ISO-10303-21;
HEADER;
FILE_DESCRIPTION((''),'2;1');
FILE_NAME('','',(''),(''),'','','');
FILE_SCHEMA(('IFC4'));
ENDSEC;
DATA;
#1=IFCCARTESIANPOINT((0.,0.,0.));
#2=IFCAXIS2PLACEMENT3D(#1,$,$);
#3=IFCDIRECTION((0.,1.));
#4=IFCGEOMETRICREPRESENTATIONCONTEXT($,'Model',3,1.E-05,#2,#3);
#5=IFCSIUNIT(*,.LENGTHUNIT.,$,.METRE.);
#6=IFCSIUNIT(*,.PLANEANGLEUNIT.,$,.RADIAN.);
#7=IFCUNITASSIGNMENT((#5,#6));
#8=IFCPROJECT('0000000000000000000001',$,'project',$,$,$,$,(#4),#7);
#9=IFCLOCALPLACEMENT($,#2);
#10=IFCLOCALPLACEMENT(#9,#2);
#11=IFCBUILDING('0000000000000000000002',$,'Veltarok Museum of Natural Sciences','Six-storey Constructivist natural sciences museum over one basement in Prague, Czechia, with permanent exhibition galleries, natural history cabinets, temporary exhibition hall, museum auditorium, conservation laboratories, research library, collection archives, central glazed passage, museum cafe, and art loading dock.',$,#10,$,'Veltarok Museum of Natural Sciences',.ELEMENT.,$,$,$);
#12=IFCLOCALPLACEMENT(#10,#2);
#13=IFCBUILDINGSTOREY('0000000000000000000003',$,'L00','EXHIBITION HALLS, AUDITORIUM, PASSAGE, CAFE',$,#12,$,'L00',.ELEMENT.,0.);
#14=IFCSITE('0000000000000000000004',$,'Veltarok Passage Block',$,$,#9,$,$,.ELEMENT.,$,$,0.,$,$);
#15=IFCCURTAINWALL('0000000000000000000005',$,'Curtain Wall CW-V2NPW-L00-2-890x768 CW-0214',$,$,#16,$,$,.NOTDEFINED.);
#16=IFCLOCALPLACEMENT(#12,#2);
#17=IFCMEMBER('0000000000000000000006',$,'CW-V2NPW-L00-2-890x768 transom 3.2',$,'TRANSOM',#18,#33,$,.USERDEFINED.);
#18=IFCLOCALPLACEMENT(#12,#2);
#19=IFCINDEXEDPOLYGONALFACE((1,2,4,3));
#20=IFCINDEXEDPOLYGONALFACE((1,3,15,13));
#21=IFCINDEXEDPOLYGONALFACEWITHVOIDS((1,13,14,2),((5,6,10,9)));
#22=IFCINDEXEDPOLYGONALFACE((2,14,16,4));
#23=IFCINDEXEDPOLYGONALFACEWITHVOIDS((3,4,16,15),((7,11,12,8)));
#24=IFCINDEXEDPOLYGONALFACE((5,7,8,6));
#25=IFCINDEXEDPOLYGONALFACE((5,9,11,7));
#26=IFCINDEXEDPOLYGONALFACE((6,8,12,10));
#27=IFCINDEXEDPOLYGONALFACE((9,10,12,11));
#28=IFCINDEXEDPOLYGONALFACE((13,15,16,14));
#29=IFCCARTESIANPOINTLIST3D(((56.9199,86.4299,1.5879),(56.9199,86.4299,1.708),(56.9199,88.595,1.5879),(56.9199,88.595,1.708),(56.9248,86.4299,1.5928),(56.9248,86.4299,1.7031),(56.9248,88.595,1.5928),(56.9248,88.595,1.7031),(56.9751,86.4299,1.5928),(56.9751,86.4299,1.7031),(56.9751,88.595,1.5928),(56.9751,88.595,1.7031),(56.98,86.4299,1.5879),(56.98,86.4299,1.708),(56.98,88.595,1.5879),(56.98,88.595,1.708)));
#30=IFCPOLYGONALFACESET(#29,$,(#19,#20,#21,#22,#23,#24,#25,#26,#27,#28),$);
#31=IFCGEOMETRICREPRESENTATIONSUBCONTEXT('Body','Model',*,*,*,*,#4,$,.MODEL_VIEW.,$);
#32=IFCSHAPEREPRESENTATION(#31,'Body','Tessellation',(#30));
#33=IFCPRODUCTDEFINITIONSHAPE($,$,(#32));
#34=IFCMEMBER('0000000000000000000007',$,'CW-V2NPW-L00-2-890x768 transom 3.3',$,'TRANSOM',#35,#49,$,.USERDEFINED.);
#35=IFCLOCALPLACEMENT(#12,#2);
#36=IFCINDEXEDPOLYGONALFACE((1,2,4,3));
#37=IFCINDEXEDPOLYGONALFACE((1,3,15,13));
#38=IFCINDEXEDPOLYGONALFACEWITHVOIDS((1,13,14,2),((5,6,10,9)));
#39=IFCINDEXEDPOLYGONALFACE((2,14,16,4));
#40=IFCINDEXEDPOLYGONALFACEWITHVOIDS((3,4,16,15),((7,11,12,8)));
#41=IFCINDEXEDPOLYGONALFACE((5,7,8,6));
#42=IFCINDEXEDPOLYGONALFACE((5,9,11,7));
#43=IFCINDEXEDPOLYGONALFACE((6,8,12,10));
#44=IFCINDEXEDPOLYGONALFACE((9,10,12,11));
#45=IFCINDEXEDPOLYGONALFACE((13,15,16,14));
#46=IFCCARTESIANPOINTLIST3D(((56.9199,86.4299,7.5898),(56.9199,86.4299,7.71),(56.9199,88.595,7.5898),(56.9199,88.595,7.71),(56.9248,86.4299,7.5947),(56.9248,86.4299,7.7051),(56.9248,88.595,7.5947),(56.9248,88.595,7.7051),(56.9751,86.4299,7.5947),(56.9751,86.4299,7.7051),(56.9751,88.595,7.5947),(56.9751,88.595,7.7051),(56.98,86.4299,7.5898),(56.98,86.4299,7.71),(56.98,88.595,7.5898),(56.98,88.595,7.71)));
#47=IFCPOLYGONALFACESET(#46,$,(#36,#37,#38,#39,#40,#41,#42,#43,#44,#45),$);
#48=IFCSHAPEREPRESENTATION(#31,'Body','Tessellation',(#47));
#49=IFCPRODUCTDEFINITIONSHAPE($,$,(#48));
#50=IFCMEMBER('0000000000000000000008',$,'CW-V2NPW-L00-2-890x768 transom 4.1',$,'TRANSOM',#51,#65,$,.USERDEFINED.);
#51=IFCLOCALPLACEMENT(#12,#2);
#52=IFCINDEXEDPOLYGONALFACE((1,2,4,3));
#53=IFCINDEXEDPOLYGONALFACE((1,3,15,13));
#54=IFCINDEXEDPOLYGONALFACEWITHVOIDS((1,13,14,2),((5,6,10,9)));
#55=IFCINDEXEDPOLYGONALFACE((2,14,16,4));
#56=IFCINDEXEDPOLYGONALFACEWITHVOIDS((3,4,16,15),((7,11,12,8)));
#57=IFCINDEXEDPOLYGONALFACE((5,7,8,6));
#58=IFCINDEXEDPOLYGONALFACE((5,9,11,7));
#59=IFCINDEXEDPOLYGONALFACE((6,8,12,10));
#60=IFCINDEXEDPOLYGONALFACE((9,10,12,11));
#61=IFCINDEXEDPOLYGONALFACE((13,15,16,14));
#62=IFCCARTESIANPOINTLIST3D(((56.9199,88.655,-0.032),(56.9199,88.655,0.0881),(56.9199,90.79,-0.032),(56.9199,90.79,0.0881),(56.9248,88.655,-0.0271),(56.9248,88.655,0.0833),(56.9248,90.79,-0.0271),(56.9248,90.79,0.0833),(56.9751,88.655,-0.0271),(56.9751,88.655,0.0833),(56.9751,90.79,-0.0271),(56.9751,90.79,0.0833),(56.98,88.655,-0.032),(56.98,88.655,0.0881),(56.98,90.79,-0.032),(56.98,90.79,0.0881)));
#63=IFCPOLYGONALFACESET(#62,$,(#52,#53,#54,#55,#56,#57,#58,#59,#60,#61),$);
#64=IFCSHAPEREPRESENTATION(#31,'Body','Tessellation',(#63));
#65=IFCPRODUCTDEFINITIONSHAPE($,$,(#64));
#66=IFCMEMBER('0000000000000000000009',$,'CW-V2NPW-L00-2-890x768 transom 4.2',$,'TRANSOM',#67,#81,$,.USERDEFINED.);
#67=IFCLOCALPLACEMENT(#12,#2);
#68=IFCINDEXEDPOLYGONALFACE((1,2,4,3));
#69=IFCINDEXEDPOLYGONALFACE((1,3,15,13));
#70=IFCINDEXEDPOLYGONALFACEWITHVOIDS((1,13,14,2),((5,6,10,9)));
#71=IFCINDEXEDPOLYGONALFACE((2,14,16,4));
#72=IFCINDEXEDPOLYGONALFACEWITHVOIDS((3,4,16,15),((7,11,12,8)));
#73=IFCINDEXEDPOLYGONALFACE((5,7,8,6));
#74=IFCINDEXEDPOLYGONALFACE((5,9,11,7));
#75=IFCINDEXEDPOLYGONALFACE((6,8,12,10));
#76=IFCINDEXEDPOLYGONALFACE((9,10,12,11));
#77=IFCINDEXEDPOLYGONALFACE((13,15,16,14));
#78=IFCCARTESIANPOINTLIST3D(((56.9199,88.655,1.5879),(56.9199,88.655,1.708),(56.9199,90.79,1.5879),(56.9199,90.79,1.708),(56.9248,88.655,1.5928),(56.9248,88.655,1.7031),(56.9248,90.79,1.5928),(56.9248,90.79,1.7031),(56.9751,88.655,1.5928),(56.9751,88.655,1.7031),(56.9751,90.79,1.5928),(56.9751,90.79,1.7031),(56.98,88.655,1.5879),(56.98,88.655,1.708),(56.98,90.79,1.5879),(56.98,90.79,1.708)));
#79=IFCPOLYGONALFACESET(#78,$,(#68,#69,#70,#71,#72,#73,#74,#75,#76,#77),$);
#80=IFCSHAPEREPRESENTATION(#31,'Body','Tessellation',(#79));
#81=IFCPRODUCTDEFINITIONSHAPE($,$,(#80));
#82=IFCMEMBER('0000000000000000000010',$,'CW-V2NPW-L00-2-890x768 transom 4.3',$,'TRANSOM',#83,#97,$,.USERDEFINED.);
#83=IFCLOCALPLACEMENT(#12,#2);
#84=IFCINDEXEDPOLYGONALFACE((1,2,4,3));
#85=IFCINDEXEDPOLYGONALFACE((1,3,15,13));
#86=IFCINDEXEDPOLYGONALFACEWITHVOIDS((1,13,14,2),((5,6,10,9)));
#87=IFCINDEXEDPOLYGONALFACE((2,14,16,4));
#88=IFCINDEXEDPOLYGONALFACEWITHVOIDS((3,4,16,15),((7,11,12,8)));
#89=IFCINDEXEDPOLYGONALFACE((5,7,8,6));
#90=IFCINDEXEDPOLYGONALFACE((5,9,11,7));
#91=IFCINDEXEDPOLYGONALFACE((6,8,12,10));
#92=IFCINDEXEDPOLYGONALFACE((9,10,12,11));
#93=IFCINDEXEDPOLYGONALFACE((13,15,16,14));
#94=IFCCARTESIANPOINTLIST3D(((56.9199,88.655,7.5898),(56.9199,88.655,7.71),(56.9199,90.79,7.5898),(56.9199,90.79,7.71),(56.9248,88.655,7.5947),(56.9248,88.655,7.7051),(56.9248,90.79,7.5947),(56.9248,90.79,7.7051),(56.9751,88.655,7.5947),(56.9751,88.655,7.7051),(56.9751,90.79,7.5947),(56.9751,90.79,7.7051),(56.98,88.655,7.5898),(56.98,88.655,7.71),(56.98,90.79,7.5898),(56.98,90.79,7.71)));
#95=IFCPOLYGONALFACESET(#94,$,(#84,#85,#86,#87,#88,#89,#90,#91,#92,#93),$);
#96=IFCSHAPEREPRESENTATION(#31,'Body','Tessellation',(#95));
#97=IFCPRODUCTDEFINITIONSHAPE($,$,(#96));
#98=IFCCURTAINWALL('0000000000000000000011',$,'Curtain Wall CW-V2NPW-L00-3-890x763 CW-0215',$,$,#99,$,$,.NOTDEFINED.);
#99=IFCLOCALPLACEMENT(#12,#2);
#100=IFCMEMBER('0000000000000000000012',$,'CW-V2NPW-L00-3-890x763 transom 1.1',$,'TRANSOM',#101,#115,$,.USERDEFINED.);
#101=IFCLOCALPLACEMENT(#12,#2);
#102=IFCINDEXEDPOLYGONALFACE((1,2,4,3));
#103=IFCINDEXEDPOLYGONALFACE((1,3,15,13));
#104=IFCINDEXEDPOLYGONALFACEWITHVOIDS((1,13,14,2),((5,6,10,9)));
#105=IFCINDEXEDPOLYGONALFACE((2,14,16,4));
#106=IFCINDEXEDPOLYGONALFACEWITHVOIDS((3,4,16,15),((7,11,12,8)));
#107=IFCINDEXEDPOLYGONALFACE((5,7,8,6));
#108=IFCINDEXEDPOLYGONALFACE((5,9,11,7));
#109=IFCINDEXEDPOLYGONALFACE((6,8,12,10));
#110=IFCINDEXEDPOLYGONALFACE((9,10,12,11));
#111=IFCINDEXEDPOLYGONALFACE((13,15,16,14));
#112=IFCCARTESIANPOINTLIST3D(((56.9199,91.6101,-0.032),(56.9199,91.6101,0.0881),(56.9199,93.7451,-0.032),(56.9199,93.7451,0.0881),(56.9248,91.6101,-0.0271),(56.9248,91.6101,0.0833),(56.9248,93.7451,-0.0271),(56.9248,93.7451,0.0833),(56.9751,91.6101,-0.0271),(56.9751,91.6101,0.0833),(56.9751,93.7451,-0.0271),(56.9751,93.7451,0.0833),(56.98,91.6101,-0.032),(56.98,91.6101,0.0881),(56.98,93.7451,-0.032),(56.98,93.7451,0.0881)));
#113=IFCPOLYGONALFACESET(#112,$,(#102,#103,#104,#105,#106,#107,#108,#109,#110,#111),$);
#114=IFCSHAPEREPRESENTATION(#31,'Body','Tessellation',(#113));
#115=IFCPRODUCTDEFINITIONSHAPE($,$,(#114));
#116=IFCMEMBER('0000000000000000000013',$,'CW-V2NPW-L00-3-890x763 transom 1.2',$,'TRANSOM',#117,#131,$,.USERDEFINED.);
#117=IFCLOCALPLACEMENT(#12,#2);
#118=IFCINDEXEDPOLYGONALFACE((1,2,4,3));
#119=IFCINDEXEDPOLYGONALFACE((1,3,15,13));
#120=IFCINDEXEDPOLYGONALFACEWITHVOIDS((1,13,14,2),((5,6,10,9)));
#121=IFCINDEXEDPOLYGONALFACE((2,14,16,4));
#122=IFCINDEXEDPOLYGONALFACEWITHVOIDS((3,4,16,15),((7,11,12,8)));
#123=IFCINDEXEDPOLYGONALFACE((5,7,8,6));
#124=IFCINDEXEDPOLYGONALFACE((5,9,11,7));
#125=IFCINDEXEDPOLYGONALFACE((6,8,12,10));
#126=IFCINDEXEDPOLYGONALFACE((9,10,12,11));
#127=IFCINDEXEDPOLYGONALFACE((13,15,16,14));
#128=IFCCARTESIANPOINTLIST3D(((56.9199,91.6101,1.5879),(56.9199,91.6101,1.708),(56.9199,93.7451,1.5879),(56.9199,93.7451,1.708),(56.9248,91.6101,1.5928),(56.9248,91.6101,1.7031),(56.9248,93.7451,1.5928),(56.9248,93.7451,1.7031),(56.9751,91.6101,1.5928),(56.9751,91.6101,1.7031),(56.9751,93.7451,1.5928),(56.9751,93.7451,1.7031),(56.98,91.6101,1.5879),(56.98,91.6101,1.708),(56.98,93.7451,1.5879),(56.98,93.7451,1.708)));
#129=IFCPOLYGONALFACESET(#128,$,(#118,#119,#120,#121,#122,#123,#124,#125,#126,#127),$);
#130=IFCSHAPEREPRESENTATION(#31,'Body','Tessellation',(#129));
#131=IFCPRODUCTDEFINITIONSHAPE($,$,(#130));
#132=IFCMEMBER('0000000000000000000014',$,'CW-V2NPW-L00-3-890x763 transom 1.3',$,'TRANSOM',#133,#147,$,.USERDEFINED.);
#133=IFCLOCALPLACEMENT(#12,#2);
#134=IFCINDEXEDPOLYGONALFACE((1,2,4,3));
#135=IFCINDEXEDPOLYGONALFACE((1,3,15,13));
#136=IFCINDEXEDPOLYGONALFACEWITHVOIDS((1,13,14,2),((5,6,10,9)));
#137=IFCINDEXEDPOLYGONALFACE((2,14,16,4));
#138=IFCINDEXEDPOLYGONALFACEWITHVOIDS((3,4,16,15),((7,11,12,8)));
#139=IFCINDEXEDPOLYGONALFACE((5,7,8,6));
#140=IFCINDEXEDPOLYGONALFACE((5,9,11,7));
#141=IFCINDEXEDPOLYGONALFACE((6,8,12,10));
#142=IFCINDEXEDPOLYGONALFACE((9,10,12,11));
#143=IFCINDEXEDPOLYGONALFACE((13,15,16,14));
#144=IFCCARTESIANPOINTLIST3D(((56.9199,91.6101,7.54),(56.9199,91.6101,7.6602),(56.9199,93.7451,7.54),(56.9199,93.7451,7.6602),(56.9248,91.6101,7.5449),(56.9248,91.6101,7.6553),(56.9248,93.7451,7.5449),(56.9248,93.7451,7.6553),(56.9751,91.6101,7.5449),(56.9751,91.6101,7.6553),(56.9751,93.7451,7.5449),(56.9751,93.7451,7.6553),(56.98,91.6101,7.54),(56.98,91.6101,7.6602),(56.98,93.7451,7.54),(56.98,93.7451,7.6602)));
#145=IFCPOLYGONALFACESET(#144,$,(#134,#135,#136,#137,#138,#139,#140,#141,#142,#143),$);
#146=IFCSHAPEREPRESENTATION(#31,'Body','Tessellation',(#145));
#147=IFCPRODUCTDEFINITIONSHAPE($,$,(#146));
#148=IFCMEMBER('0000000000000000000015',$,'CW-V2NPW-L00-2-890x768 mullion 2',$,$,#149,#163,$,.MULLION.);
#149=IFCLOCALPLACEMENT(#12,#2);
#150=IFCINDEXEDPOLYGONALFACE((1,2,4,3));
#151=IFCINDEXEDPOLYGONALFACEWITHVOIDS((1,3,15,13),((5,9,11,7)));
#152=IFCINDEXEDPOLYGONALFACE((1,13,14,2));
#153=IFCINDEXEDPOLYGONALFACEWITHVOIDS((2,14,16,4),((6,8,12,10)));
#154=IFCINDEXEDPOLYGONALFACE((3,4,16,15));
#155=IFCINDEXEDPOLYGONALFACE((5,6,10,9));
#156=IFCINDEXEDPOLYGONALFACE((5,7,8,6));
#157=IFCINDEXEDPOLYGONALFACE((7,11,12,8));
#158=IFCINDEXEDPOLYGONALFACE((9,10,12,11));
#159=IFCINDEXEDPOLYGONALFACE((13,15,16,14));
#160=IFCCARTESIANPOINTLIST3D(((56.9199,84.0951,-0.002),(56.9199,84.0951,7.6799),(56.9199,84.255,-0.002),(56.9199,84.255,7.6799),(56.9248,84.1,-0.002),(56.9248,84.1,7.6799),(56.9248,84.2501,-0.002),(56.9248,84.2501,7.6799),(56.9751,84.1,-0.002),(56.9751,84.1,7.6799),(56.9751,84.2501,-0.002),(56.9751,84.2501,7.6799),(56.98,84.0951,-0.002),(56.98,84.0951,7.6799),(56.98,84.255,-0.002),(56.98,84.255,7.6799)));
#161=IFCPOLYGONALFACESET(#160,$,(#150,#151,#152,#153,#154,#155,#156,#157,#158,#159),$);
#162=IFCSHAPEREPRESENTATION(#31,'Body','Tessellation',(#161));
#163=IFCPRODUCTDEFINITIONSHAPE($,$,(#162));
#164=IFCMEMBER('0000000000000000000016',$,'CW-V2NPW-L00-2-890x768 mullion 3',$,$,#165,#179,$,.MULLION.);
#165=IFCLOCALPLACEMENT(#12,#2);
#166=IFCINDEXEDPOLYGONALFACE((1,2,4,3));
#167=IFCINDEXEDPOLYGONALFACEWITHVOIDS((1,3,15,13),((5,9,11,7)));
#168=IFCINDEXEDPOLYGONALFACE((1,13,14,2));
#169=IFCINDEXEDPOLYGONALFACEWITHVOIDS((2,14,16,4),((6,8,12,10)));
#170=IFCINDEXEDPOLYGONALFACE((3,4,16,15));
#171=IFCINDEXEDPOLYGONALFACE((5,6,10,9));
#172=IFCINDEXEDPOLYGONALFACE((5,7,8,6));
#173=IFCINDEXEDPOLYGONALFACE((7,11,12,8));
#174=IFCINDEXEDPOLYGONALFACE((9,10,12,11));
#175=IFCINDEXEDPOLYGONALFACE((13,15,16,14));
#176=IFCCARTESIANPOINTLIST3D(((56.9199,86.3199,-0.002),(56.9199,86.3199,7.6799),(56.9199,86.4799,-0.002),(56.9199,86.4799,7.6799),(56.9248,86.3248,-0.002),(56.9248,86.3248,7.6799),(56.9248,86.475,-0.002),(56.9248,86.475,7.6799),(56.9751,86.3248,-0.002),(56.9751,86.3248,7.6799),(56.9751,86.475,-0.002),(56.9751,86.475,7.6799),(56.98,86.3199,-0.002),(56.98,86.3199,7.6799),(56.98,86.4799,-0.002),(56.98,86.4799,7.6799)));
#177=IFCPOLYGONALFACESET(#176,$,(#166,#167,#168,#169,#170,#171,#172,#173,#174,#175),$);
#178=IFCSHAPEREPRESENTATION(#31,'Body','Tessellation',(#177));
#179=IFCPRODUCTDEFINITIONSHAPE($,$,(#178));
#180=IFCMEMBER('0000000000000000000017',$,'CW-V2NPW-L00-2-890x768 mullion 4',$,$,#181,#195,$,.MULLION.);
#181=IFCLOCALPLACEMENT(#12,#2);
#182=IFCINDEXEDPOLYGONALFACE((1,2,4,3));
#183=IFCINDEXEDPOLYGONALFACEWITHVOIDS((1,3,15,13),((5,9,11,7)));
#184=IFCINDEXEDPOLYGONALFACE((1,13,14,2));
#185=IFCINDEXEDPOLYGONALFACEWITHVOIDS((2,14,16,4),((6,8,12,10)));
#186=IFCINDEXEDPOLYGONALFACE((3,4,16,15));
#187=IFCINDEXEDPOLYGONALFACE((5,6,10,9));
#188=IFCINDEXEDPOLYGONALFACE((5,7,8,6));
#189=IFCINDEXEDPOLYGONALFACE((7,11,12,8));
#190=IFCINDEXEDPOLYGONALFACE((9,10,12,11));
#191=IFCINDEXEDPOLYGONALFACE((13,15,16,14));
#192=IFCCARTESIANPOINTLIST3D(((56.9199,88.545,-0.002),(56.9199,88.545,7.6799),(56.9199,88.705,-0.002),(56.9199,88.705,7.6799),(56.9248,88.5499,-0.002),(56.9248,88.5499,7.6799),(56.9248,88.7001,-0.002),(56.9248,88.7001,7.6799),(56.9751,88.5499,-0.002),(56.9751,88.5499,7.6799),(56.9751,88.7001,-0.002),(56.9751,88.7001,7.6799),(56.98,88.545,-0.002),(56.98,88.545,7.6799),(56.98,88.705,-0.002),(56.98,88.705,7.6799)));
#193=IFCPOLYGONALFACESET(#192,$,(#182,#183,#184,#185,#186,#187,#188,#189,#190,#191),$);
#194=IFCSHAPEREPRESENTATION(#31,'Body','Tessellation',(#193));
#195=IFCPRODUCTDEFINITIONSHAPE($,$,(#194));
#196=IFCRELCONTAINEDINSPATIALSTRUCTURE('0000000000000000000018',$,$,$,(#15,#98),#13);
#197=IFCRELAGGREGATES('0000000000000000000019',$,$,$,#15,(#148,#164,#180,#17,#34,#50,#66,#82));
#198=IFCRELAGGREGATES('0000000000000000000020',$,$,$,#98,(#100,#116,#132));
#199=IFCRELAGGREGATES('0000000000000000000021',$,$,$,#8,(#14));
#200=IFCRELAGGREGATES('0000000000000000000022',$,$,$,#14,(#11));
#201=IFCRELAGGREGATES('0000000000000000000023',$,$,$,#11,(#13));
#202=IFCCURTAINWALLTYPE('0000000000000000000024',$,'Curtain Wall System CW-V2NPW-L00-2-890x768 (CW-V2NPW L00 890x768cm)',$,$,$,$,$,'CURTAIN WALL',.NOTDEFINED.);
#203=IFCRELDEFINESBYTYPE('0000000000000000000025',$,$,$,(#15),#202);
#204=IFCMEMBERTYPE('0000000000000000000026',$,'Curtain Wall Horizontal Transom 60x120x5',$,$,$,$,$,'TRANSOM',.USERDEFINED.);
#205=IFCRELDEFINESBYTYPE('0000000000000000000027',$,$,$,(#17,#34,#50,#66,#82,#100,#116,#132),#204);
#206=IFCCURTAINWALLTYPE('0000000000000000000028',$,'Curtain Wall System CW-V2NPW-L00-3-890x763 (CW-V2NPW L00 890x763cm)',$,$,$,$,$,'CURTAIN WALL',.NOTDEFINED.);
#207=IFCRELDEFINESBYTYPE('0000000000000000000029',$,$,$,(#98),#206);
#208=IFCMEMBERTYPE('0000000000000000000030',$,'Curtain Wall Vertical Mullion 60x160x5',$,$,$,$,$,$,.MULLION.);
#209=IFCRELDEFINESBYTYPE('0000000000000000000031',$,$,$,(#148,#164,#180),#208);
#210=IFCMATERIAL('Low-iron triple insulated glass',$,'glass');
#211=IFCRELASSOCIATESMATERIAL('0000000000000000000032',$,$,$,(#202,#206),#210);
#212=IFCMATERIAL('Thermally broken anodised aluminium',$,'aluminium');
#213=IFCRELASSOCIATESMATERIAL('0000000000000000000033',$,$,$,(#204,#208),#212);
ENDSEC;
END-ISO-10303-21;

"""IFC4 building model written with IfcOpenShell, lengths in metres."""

from ifc_helpers import new_model, si_unit, direction, frame, origin, origin_2d, place, context, subcontext, project, spatial, hollow_rectangle, extrude, material, material_profile, profile_set, type_object, element, aggregate, save


model = new_model("IFC4")

# Units and contexts
model_context = context("Model", 3, precision=1e-05, world=origin(), true_north=direction((0.0, 1.0)))
body_context = subcontext(model_context, "Body", "Model", "MODEL_VIEW")
ifc_project = project(units=[si_unit("LENGTHUNIT", "METRE"), si_unit("PLANEANGLEUNIT", "RADIAN")], contexts=[model_context])

# Site, building, storey
site_placement = place(None, origin())
site = spatial("IfcSite", under=ifc_project, at=site_placement, Name="Veltarok Passage Block", CompositionType="ELEMENT", RefElevation=0.0)
building_placement = place(site_placement, origin())
building = spatial("IfcBuilding", under=site, at=building_placement, Name="Veltarok Museum of Natural Sciences", Description="Six-storey Constructivist natural sciences museum over one basement in Prague, Czechia, with permanent exhibition galleries, natural history cabinets, temporary exhibition hall, museum auditorium, conservation laboratories, research library, collection archives, central glazed passage, museum cafe, and art loading dock.", LongName="Veltarok Museum of Natural Sciences", CompositionType="ELEMENT")
storey_placement = place(building_placement, origin())
storey = spatial("IfcBuildingStorey", under=building, at=storey_placement, Name="L00", Description="EXHIBITION HALLS, AUDITORIUM, PASSAGE, CAFE", LongName="L00", CompositionType="ELEMENT", Elevation=0.0)

# Curtain walls, members
ifc_material_1 = material(Name="Low-iron triple insulated glass", Category="glass")
curtain_wall_type_1 = type_object("IfcCurtainWallType", Name="Curtain Wall System CW-V2NPW-L00-2-890x768 (CW-V2NPW L00 890x768cm)", ElementType="CURTAIN WALL", PredefinedType="NOTDEFINED", material=ifc_material_1)
curtain_wall_1_placement = place(storey_placement, origin())
curtain_wall_1 = element("IfcCurtainWall", 1, at=curtain_wall_1_placement, inside=storey, type_object=curtain_wall_type_1, Name="Curtain Wall CW-V2NPW-L00-2-890x768 CW-0214", PredefinedType="NOTDEFINED")
ifc_material_2 = material(Name="Thermally broken anodised aluminium", Category="aluminium")
ifc_material_profile_1 = material_profile(ifc_material_2, hollow_rectangle(XDim=0.0601, YDim=0.1201, WallThickness=0.0049, at=origin_2d()), Name="CW TRANSOM 60x120x5")
ifc_profile_set_1 = profile_set([ifc_material_profile_1], Name="Thermally broken anodised aluminium")
member_type_1 = type_object("IfcMemberType", Name="Curtain Wall Horizontal Transom 60x120x5", ElementType="TRANSOM", PredefinedType="USERDEFINED", material=ifc_profile_set_1)
member_1_placement = place(storey_placement, frame((56.95, 86.4299, 1.6479), z_axis=(0.0, 1.0, 0.0), x_axis=(-1.0, 0.0, 0.0)))
member_1 = element("IfcMember", 2, at=member_1_placement, type_object=member_type_1, Name="CW-V2NPW-L00-2-890x768 transom 3.2", ObjectType="TRANSOM", PredefinedType="USERDEFINED", context=body_context, shape_type="SweptSolid", body=[
    extrude(hollow_rectangle(XDim=0.0601, YDim=0.1201, WallThickness=0.0049, at=origin_2d()), origin(), (0.0, 0.0, 1.0), 2.165),
])
member_2_placement = place(storey_placement, frame((56.95, 86.4299, 7.6499), z_axis=(0.0, 1.0, 0.0), x_axis=(-1.0, 0.0, 0.0)))
member_2 = element("IfcMember", 3, at=member_2_placement, type_object=member_type_1, Name="CW-V2NPW-L00-2-890x768 transom 3.3", ObjectType="TRANSOM", PredefinedType="USERDEFINED", context=body_context, shape_type="SweptSolid", body=[
    extrude(hollow_rectangle(XDim=0.0601, YDim=0.1201, WallThickness=0.0049, at=origin_2d()), origin(), (0.0, 0.0, 1.0), 2.165),
])
member_3_placement = place(storey_placement, frame((56.95, 88.655, 0.0281), z_axis=(0.0, 1.0, 0.0), x_axis=(-1.0, 0.0, 0.0)))
member_3 = element("IfcMember", 4, at=member_3_placement, type_object=member_type_1, Name="CW-V2NPW-L00-2-890x768 transom 4.1", ObjectType="TRANSOM", PredefinedType="USERDEFINED", context=body_context, shape_type="SweptSolid", body=[
    extrude(hollow_rectangle(XDim=0.0601, YDim=0.1201, WallThickness=0.0049, at=origin_2d()), origin(), (0.0, 0.0, 1.0), 2.135),
])
member_4_placement = place(storey_placement, frame((56.95, 88.655, 1.6479), z_axis=(0.0, 1.0, 0.0), x_axis=(-1.0, 0.0, 0.0)))
member_4 = element("IfcMember", 5, at=member_4_placement, type_object=member_type_1, Name="CW-V2NPW-L00-2-890x768 transom 4.2", ObjectType="TRANSOM", PredefinedType="USERDEFINED", context=body_context, shape_type="SweptSolid", body=[
    extrude(hollow_rectangle(XDim=0.0601, YDim=0.1201, WallThickness=0.0049, at=origin_2d()), origin(), (0.0, 0.0, 1.0), 2.135),
])
member_5_placement = place(storey_placement, frame((56.95, 88.655, 7.6499), z_axis=(0.0, 1.0, 0.0), x_axis=(-1.0, 0.0, 0.0)))
member_5 = element("IfcMember", 6, at=member_5_placement, type_object=member_type_1, Name="CW-V2NPW-L00-2-890x768 transom 4.3", ObjectType="TRANSOM", PredefinedType="USERDEFINED", context=body_context, shape_type="SweptSolid", body=[
    extrude(hollow_rectangle(XDim=0.0601, YDim=0.1201, WallThickness=0.0049, at=origin_2d()), origin(), (0.0, 0.0, 1.0), 2.135),
])
curtain_wall_type_2 = type_object("IfcCurtainWallType", Name="Curtain Wall System CW-V2NPW-L00-3-890x763 (CW-V2NPW L00 890x763cm)", ElementType="CURTAIN WALL", PredefinedType="NOTDEFINED", material=ifc_material_1)
curtain_wall_2_placement = place(storey_placement, origin())
curtain_wall_2 = element("IfcCurtainWall", 7, at=curtain_wall_2_placement, inside=storey, type_object=curtain_wall_type_2, Name="Curtain Wall CW-V2NPW-L00-3-890x763 CW-0215", PredefinedType="NOTDEFINED")
member_6_placement = place(storey_placement, frame((56.95, 91.6101, 0.0281), z_axis=(0.0, 1.0, 0.0), x_axis=(-1.0, 0.0, 0.0)))
member_6 = element("IfcMember", 8, at=member_6_placement, type_object=member_type_1, Name="CW-V2NPW-L00-3-890x763 transom 1.1", ObjectType="TRANSOM", PredefinedType="USERDEFINED", context=body_context, shape_type="SweptSolid", body=[
    extrude(hollow_rectangle(XDim=0.0601, YDim=0.1201, WallThickness=0.0049, at=origin_2d()), origin(), (0.0, 0.0, 1.0), 2.135),
])
member_7_placement = place(storey_placement, frame((56.95, 91.6101, 1.6479), z_axis=(0.0, 1.0, 0.0), x_axis=(-1.0, 0.0, 0.0)))
member_7 = element("IfcMember", 9, at=member_7_placement, type_object=member_type_1, Name="CW-V2NPW-L00-3-890x763 transom 1.2", ObjectType="TRANSOM", PredefinedType="USERDEFINED", context=body_context, shape_type="SweptSolid", body=[
    extrude(hollow_rectangle(XDim=0.0601, YDim=0.1201, WallThickness=0.0049, at=origin_2d()), origin(), (0.0, 0.0, 1.0), 2.135),
])
member_8_placement = place(storey_placement, frame((56.95, 91.6101, 7.6001), z_axis=(0.0, 1.0, 0.0), x_axis=(-1.0, 0.0, 0.0)))
member_8 = element("IfcMember", 10, at=member_8_placement, type_object=member_type_1, Name="CW-V2NPW-L00-3-890x763 transom 1.3", ObjectType="TRANSOM", PredefinedType="USERDEFINED", context=body_context, shape_type="SweptSolid", body=[
    extrude(hollow_rectangle(XDim=0.0601, YDim=0.1201, WallThickness=0.0049, at=origin_2d()), origin(), (0.0, 0.0, 1.0), 2.135),
])

# Members
ifc_material_profile_2 = material_profile(ifc_material_2, hollow_rectangle(XDim=0.0601, YDim=0.1599, WallThickness=0.0049, at=origin_2d()), Name="CW MULLION 60x160x5")
ifc_profile_set_2 = profile_set([ifc_material_profile_2], Name="Thermally broken anodised aluminium")
member_type_2 = type_object("IfcMemberType", Name="Curtain Wall Vertical Mullion 60x160x5", PredefinedType="MULLION", material=ifc_profile_set_2)
member_9_placement = place(storey_placement, frame((56.95, 84.175, -0.002), z_axis=(0.0, 0.0, 1.0), x_axis=(-1.0, 0.0, 0.0)))
member_9 = element("IfcMember", 11, at=member_9_placement, type_object=member_type_2, Name="CW-V2NPW-L00-2-890x768 mullion 2", PredefinedType="MULLION", context=body_context, shape_type="SweptSolid", body=[
    extrude(hollow_rectangle(XDim=0.0601, YDim=0.1599, WallThickness=0.0049, at=origin_2d()), origin(), (0.0, 0.0, 1.0), 7.6819),
])
member_10_placement = place(storey_placement, frame((56.95, 86.3999, -0.002), z_axis=(0.0, 0.0, 1.0), x_axis=(-1.0, 0.0, 0.0)))
member_10 = element("IfcMember", 12, at=member_10_placement, type_object=member_type_2, Name="CW-V2NPW-L00-2-890x768 mullion 3", PredefinedType="MULLION", context=body_context, shape_type="SweptSolid", body=[
    extrude(hollow_rectangle(XDim=0.0601, YDim=0.1599, WallThickness=0.0049, at=origin_2d()), origin(), (0.0, 0.0, 1.0), 7.6819),
])
member_11_placement = place(storey_placement, frame((56.95, 88.625, -0.002), z_axis=(0.0, 0.0, 1.0), x_axis=(-1.0, 0.0, 0.0)))
member_11 = element("IfcMember", 13, at=member_11_placement, type_object=member_type_2, Name="CW-V2NPW-L00-2-890x768 mullion 4", PredefinedType="MULLION", context=body_context, shape_type="SweptSolid", body=[
    extrude(hollow_rectangle(XDim=0.0601, YDim=0.1599, WallThickness=0.0049, at=origin_2d()), origin(), (0.0, 0.0, 1.0), 7.6819),
])

aggregate(curtain_wall_1, [member_9, member_10, member_11, member_1, member_2, member_3, member_4, member_5])
aggregate(curtain_wall_2, [member_6, member_7, member_8])

save(model, "model.ifc")
